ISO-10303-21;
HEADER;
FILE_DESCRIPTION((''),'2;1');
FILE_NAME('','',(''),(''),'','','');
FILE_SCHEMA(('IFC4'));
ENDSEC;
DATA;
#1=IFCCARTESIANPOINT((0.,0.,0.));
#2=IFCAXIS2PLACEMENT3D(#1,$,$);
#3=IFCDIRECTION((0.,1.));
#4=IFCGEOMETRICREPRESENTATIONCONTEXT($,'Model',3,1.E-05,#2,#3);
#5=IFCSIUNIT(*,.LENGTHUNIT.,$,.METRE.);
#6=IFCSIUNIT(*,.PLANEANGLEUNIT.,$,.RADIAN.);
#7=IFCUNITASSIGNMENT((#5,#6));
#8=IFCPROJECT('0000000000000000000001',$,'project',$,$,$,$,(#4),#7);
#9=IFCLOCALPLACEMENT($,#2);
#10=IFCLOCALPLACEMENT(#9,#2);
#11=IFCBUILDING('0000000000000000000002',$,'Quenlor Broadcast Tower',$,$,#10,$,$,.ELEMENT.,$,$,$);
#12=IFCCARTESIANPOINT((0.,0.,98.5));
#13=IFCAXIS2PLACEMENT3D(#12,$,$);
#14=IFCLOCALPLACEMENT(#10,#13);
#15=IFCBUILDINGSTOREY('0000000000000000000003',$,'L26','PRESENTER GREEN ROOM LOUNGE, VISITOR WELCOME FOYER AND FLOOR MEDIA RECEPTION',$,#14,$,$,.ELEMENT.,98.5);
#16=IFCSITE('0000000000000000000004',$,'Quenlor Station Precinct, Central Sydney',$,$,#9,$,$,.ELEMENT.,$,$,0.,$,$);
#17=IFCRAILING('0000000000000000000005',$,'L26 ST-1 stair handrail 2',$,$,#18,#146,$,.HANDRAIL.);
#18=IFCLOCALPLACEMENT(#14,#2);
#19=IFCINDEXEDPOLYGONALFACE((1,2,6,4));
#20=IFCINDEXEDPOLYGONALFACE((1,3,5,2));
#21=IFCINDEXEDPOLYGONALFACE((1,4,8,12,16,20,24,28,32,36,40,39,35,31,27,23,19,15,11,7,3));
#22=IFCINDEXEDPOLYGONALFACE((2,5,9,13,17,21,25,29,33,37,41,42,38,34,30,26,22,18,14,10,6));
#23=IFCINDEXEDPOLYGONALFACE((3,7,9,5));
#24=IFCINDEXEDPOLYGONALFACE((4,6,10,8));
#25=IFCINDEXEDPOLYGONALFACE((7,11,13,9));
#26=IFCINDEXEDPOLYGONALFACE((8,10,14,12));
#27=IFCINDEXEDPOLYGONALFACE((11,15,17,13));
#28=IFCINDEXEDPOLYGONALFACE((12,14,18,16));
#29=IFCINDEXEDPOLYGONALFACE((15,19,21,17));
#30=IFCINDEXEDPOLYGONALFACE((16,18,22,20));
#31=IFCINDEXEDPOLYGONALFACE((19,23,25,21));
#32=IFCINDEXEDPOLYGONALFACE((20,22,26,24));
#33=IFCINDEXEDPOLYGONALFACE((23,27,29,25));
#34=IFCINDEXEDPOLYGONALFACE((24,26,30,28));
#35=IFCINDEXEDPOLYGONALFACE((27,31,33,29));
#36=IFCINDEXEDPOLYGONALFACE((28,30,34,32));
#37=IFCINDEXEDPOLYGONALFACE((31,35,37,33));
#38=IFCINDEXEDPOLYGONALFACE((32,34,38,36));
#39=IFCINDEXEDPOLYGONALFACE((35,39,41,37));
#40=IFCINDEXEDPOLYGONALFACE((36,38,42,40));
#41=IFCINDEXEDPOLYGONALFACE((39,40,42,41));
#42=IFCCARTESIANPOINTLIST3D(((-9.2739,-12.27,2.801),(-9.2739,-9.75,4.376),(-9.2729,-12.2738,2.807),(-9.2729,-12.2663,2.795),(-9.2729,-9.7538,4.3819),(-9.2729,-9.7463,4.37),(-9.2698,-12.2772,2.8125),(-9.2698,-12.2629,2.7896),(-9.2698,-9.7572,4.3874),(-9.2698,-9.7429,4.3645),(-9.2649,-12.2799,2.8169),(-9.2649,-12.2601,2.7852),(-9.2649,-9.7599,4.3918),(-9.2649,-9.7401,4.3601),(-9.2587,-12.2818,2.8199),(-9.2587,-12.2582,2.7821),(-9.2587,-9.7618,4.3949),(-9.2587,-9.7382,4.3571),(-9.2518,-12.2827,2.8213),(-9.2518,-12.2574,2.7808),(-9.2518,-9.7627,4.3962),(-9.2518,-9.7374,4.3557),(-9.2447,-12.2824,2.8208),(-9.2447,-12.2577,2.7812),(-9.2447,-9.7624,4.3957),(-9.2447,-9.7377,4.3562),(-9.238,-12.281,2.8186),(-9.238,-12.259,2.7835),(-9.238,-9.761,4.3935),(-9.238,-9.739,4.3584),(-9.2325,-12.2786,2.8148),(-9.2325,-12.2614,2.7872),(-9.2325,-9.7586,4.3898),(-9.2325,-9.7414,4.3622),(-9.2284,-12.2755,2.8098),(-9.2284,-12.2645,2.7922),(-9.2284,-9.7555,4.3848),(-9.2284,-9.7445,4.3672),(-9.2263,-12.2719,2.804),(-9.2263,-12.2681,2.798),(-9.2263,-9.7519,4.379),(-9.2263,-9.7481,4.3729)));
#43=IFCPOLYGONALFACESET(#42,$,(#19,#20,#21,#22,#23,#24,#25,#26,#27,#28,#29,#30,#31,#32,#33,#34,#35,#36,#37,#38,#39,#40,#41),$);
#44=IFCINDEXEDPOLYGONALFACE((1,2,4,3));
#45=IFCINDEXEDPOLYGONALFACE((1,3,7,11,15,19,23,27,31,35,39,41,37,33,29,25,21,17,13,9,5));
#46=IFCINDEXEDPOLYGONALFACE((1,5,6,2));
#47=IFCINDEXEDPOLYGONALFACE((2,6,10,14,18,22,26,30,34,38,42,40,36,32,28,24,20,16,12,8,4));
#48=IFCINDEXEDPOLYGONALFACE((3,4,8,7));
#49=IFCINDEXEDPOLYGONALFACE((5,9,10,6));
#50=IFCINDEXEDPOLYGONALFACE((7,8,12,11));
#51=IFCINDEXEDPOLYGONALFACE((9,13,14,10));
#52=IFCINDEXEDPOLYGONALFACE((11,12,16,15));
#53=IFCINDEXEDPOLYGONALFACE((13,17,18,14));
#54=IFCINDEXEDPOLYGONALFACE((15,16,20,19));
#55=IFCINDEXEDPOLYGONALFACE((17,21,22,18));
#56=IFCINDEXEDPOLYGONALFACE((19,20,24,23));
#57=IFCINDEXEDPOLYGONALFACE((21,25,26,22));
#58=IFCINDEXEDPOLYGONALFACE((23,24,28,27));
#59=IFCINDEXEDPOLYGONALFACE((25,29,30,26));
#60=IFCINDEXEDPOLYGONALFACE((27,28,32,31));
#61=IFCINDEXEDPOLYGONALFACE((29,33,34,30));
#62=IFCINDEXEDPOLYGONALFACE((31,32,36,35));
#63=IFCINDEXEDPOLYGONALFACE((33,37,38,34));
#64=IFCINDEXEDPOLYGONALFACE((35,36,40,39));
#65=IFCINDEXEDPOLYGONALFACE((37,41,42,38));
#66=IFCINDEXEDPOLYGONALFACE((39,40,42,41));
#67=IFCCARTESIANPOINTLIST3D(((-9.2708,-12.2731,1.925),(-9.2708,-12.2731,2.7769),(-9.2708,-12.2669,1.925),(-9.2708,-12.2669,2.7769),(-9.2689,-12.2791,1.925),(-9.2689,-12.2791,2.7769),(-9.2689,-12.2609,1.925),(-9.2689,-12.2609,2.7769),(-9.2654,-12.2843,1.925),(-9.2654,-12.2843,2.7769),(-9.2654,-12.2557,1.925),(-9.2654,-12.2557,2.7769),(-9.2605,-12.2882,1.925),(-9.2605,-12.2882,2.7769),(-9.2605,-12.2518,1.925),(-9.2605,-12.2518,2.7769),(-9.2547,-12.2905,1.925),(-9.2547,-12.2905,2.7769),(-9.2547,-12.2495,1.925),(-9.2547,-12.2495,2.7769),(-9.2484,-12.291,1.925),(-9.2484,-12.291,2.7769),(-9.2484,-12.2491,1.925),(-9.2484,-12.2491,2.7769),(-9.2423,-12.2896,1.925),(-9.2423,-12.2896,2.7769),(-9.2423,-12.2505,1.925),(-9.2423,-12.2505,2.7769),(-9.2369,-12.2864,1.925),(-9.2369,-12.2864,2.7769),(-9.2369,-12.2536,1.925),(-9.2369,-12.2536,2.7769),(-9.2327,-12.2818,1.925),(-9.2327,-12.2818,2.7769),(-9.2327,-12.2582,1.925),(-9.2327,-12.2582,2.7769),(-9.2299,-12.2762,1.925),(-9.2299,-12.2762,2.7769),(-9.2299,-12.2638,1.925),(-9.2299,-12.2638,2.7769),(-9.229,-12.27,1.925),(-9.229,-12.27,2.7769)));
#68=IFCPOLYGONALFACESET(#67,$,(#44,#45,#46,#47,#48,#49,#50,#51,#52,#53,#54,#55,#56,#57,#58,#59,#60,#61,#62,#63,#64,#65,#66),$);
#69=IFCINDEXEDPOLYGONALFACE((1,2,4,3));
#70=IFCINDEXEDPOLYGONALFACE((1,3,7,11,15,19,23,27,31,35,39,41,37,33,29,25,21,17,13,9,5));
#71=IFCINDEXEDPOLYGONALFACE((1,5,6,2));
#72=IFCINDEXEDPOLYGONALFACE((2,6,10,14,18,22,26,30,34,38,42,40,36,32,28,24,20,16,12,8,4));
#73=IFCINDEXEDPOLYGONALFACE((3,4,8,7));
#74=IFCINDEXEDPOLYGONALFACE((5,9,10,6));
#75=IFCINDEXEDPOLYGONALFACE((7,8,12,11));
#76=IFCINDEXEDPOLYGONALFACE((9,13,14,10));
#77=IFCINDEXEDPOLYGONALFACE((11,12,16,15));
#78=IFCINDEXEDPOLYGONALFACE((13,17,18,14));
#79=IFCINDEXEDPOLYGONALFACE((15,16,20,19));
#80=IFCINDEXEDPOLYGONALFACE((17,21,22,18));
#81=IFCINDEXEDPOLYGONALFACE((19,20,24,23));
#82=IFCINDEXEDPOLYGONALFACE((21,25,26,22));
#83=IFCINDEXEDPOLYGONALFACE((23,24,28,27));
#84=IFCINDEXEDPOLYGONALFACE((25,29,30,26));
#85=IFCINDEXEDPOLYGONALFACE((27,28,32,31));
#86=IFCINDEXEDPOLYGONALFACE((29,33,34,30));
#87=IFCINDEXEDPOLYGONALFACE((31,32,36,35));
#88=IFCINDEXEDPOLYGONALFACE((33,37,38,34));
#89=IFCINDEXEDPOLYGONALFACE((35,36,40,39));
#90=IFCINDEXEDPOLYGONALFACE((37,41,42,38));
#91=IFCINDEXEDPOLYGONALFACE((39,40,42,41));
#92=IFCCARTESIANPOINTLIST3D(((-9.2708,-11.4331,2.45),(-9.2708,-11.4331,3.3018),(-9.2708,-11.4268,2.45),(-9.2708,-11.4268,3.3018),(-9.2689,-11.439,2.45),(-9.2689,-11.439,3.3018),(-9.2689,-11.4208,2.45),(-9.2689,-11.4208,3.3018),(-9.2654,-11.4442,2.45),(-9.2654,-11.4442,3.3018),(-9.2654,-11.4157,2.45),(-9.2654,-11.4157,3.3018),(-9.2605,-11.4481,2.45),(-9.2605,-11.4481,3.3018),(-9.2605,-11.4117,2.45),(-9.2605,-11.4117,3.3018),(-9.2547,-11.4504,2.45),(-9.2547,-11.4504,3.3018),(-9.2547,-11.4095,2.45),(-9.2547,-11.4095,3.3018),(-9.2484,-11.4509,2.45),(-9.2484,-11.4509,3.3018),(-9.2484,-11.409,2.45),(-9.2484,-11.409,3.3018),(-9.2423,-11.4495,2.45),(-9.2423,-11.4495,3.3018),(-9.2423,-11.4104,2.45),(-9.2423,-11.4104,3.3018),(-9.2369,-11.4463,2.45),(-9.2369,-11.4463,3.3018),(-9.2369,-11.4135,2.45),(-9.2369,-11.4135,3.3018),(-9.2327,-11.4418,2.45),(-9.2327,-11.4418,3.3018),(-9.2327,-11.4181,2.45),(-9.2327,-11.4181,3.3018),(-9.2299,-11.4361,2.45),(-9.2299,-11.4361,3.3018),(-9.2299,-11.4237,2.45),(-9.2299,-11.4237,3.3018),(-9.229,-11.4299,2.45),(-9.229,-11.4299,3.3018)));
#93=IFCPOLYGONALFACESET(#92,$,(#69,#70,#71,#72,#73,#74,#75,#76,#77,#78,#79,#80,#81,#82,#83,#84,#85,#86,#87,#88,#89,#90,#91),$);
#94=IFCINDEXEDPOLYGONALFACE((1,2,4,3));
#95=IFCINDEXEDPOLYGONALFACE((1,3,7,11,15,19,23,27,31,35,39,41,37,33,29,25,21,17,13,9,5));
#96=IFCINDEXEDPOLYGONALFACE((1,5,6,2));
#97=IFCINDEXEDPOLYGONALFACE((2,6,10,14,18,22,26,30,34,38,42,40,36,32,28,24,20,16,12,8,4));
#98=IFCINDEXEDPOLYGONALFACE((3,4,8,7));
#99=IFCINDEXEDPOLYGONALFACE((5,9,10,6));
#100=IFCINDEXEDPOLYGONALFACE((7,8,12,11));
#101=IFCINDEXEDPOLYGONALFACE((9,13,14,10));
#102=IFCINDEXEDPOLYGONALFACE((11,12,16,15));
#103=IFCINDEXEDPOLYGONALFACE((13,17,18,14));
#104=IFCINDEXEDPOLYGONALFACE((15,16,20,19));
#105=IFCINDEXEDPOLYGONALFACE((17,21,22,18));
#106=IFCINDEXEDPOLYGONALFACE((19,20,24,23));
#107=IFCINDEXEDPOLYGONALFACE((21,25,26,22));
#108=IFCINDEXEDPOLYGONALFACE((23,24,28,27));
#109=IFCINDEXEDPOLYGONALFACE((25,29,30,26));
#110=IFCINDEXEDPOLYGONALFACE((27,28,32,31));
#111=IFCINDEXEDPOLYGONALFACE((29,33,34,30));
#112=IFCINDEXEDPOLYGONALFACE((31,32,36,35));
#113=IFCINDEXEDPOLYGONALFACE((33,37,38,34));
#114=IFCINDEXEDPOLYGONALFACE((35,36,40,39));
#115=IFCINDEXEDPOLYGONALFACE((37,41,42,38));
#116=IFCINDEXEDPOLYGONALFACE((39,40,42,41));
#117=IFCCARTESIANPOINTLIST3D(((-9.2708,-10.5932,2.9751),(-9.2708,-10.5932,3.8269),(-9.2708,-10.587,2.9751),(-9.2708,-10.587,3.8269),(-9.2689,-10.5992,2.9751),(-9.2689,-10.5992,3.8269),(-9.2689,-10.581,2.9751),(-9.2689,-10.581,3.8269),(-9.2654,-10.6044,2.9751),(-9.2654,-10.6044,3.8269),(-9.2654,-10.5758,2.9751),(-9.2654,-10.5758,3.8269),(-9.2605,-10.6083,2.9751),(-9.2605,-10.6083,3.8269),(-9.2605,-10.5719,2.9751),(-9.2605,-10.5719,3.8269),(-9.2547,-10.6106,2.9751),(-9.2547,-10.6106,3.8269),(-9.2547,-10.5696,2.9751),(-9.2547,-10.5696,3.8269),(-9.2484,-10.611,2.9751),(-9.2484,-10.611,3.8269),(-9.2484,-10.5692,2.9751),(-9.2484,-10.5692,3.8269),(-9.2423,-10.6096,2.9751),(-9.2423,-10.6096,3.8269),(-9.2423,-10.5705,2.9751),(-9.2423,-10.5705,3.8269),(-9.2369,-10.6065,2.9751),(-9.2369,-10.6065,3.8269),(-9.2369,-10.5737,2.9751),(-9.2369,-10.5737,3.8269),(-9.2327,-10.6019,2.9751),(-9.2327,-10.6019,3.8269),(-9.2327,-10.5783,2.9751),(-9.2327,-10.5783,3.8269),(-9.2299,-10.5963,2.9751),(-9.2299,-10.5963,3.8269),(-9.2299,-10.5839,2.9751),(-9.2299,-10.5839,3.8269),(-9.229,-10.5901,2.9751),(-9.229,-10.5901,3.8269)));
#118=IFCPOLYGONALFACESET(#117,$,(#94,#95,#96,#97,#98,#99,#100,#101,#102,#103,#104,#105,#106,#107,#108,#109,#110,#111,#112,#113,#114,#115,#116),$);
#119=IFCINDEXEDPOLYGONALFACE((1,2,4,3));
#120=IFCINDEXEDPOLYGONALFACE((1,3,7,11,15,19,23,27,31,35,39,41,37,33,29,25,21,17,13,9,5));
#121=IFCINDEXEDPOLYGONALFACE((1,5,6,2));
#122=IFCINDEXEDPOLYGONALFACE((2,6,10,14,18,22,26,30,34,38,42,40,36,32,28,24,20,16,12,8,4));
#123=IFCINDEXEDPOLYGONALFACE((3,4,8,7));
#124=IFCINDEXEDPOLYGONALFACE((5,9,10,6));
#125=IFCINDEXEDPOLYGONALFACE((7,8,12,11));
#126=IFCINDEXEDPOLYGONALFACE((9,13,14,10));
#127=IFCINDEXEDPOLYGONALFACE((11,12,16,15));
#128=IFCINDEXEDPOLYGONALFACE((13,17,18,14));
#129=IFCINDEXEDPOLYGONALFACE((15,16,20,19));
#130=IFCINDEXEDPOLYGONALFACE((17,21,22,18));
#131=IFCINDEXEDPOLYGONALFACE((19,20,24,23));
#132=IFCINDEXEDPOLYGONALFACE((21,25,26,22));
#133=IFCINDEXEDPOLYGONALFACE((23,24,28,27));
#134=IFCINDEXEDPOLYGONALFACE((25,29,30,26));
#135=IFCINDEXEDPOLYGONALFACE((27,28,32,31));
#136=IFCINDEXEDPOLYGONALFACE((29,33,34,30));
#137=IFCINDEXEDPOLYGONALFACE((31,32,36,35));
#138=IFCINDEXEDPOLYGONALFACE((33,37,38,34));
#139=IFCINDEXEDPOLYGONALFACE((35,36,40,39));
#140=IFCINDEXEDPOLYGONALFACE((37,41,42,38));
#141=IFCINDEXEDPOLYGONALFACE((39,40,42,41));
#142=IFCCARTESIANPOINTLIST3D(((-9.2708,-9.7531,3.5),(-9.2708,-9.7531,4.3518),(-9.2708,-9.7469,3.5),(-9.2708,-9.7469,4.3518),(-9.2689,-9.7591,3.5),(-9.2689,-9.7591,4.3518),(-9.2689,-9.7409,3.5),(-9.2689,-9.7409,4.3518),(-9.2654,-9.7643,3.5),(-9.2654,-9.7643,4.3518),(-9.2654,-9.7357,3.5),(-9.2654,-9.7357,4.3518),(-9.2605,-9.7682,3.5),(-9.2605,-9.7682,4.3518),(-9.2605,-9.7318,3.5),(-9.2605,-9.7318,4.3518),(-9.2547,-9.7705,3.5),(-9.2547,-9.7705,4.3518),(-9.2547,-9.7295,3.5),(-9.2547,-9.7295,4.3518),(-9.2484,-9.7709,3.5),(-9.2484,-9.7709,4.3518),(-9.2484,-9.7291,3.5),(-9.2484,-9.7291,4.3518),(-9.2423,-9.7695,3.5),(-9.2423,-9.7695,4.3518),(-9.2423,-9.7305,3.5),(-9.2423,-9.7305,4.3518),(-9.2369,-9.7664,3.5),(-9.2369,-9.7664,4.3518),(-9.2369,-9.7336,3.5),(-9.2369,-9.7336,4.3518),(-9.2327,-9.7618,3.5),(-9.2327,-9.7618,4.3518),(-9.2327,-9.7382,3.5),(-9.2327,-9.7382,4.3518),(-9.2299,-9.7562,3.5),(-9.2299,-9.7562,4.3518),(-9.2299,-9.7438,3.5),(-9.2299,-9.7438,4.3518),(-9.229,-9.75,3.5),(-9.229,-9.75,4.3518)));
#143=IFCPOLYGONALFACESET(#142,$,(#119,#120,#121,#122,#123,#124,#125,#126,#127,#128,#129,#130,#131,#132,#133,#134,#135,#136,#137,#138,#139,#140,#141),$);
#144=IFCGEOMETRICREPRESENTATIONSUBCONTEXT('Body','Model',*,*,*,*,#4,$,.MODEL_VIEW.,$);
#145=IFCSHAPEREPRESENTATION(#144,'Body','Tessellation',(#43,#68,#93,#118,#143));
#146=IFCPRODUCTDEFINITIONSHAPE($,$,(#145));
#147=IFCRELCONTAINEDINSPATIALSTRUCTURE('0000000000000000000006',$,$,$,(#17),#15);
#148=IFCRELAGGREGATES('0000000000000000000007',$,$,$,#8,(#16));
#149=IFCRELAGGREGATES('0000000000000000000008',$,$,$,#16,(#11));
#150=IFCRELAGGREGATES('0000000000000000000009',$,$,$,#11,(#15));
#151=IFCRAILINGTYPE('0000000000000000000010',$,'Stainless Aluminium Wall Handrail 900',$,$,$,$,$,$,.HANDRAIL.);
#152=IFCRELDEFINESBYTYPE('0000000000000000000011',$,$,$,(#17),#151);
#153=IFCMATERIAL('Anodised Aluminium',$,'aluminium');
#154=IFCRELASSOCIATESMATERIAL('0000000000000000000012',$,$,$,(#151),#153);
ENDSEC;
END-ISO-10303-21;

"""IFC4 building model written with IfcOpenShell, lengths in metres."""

from ifc_helpers import new_model, si_unit, direction, frame, origin, origin_2d, place, context, subcontext, project, spatial, circle, extrude, material, type_object, element, save


model = new_model("IFC4")

# Units and contexts
model_context = context("Model", 3, precision=1e-05, world=origin(), true_north=direction((0.0, 1.0)))
body_context = subcontext(model_context, "Body", "Model", "MODEL_VIEW")
ifc_project = project(units=[si_unit("LENGTHUNIT", "METRE"), si_unit("PLANEANGLEUNIT", "RADIAN")], contexts=[model_context])

# Site, building, storey
site_placement = place(None, origin())
site = spatial("IfcSite", under=ifc_project, at=site_placement, Name="Quenlor Station Precinct, Central Sydney", CompositionType="ELEMENT", RefElevation=0.0)
building_placement = place(site_placement, origin())
building = spatial("IfcBuilding", under=site, at=building_placement, Name="Quenlor Broadcast Tower", CompositionType="ELEMENT")
storey_placement = place(building_placement, frame((0.0, 0.0, 98.5)))
storey = spatial("IfcBuildingStorey", under=building, at=storey_placement, Name="L26", Description="PRESENTER GREEN ROOM LOUNGE, VISITOR WELCOME FOYER AND FLOOR MEDIA RECEPTION", CompositionType="ELEMENT", Elevation=98.5)

# Railing
ifc_material_1 = material(Name="Anodised Aluminium", Category="aluminium")
railing_type_1 = type_object("IfcRailingType", Name="Stainless Aluminium Wall Handrail 900", PredefinedType="HANDRAIL", material=ifc_material_1)
railing_1_placement = place(storey_placement, frame((-9.25, -12.27, 1.925)))
element("IfcRailing", 1, at=railing_1_placement, inside=storey, type_object=railing_type_1, Name="L26 ST-1 stair handrail 2", PredefinedType="HANDRAIL", context=body_context, shape_type="SweptSolid", body=[
    extrude(circle(Radius=0.0239, at=origin_2d()), frame((0.0, 0.0, 0.876), z_axis=(0.0, 0.848008, 0.529984), x_axis=(-1.0, 0.0, 0.0)), (0.0, 0.0, 1.0), 2.9717),
    extrude(circle(Radius=0.021, at=origin_2d()), origin(), (0.0, 0.0, 1.0), 0.8518),
    extrude(circle(Radius=0.021, at=origin_2d()), frame((0.0, 0.8401, 0.5249)), (0.0, 0.0, 1.0), 0.8518),
    extrude(circle(Radius=0.021, at=origin_2d()), frame((0.0, 1.6799, 1.05)), (0.0, 0.0, 1.0), 0.8518),
    extrude(circle(Radius=0.021, at=origin_2d()), frame((0.0, 2.52, 1.575)), (0.0, 0.0, 1.0), 0.8518),
])

save(model, "model.ifc")
